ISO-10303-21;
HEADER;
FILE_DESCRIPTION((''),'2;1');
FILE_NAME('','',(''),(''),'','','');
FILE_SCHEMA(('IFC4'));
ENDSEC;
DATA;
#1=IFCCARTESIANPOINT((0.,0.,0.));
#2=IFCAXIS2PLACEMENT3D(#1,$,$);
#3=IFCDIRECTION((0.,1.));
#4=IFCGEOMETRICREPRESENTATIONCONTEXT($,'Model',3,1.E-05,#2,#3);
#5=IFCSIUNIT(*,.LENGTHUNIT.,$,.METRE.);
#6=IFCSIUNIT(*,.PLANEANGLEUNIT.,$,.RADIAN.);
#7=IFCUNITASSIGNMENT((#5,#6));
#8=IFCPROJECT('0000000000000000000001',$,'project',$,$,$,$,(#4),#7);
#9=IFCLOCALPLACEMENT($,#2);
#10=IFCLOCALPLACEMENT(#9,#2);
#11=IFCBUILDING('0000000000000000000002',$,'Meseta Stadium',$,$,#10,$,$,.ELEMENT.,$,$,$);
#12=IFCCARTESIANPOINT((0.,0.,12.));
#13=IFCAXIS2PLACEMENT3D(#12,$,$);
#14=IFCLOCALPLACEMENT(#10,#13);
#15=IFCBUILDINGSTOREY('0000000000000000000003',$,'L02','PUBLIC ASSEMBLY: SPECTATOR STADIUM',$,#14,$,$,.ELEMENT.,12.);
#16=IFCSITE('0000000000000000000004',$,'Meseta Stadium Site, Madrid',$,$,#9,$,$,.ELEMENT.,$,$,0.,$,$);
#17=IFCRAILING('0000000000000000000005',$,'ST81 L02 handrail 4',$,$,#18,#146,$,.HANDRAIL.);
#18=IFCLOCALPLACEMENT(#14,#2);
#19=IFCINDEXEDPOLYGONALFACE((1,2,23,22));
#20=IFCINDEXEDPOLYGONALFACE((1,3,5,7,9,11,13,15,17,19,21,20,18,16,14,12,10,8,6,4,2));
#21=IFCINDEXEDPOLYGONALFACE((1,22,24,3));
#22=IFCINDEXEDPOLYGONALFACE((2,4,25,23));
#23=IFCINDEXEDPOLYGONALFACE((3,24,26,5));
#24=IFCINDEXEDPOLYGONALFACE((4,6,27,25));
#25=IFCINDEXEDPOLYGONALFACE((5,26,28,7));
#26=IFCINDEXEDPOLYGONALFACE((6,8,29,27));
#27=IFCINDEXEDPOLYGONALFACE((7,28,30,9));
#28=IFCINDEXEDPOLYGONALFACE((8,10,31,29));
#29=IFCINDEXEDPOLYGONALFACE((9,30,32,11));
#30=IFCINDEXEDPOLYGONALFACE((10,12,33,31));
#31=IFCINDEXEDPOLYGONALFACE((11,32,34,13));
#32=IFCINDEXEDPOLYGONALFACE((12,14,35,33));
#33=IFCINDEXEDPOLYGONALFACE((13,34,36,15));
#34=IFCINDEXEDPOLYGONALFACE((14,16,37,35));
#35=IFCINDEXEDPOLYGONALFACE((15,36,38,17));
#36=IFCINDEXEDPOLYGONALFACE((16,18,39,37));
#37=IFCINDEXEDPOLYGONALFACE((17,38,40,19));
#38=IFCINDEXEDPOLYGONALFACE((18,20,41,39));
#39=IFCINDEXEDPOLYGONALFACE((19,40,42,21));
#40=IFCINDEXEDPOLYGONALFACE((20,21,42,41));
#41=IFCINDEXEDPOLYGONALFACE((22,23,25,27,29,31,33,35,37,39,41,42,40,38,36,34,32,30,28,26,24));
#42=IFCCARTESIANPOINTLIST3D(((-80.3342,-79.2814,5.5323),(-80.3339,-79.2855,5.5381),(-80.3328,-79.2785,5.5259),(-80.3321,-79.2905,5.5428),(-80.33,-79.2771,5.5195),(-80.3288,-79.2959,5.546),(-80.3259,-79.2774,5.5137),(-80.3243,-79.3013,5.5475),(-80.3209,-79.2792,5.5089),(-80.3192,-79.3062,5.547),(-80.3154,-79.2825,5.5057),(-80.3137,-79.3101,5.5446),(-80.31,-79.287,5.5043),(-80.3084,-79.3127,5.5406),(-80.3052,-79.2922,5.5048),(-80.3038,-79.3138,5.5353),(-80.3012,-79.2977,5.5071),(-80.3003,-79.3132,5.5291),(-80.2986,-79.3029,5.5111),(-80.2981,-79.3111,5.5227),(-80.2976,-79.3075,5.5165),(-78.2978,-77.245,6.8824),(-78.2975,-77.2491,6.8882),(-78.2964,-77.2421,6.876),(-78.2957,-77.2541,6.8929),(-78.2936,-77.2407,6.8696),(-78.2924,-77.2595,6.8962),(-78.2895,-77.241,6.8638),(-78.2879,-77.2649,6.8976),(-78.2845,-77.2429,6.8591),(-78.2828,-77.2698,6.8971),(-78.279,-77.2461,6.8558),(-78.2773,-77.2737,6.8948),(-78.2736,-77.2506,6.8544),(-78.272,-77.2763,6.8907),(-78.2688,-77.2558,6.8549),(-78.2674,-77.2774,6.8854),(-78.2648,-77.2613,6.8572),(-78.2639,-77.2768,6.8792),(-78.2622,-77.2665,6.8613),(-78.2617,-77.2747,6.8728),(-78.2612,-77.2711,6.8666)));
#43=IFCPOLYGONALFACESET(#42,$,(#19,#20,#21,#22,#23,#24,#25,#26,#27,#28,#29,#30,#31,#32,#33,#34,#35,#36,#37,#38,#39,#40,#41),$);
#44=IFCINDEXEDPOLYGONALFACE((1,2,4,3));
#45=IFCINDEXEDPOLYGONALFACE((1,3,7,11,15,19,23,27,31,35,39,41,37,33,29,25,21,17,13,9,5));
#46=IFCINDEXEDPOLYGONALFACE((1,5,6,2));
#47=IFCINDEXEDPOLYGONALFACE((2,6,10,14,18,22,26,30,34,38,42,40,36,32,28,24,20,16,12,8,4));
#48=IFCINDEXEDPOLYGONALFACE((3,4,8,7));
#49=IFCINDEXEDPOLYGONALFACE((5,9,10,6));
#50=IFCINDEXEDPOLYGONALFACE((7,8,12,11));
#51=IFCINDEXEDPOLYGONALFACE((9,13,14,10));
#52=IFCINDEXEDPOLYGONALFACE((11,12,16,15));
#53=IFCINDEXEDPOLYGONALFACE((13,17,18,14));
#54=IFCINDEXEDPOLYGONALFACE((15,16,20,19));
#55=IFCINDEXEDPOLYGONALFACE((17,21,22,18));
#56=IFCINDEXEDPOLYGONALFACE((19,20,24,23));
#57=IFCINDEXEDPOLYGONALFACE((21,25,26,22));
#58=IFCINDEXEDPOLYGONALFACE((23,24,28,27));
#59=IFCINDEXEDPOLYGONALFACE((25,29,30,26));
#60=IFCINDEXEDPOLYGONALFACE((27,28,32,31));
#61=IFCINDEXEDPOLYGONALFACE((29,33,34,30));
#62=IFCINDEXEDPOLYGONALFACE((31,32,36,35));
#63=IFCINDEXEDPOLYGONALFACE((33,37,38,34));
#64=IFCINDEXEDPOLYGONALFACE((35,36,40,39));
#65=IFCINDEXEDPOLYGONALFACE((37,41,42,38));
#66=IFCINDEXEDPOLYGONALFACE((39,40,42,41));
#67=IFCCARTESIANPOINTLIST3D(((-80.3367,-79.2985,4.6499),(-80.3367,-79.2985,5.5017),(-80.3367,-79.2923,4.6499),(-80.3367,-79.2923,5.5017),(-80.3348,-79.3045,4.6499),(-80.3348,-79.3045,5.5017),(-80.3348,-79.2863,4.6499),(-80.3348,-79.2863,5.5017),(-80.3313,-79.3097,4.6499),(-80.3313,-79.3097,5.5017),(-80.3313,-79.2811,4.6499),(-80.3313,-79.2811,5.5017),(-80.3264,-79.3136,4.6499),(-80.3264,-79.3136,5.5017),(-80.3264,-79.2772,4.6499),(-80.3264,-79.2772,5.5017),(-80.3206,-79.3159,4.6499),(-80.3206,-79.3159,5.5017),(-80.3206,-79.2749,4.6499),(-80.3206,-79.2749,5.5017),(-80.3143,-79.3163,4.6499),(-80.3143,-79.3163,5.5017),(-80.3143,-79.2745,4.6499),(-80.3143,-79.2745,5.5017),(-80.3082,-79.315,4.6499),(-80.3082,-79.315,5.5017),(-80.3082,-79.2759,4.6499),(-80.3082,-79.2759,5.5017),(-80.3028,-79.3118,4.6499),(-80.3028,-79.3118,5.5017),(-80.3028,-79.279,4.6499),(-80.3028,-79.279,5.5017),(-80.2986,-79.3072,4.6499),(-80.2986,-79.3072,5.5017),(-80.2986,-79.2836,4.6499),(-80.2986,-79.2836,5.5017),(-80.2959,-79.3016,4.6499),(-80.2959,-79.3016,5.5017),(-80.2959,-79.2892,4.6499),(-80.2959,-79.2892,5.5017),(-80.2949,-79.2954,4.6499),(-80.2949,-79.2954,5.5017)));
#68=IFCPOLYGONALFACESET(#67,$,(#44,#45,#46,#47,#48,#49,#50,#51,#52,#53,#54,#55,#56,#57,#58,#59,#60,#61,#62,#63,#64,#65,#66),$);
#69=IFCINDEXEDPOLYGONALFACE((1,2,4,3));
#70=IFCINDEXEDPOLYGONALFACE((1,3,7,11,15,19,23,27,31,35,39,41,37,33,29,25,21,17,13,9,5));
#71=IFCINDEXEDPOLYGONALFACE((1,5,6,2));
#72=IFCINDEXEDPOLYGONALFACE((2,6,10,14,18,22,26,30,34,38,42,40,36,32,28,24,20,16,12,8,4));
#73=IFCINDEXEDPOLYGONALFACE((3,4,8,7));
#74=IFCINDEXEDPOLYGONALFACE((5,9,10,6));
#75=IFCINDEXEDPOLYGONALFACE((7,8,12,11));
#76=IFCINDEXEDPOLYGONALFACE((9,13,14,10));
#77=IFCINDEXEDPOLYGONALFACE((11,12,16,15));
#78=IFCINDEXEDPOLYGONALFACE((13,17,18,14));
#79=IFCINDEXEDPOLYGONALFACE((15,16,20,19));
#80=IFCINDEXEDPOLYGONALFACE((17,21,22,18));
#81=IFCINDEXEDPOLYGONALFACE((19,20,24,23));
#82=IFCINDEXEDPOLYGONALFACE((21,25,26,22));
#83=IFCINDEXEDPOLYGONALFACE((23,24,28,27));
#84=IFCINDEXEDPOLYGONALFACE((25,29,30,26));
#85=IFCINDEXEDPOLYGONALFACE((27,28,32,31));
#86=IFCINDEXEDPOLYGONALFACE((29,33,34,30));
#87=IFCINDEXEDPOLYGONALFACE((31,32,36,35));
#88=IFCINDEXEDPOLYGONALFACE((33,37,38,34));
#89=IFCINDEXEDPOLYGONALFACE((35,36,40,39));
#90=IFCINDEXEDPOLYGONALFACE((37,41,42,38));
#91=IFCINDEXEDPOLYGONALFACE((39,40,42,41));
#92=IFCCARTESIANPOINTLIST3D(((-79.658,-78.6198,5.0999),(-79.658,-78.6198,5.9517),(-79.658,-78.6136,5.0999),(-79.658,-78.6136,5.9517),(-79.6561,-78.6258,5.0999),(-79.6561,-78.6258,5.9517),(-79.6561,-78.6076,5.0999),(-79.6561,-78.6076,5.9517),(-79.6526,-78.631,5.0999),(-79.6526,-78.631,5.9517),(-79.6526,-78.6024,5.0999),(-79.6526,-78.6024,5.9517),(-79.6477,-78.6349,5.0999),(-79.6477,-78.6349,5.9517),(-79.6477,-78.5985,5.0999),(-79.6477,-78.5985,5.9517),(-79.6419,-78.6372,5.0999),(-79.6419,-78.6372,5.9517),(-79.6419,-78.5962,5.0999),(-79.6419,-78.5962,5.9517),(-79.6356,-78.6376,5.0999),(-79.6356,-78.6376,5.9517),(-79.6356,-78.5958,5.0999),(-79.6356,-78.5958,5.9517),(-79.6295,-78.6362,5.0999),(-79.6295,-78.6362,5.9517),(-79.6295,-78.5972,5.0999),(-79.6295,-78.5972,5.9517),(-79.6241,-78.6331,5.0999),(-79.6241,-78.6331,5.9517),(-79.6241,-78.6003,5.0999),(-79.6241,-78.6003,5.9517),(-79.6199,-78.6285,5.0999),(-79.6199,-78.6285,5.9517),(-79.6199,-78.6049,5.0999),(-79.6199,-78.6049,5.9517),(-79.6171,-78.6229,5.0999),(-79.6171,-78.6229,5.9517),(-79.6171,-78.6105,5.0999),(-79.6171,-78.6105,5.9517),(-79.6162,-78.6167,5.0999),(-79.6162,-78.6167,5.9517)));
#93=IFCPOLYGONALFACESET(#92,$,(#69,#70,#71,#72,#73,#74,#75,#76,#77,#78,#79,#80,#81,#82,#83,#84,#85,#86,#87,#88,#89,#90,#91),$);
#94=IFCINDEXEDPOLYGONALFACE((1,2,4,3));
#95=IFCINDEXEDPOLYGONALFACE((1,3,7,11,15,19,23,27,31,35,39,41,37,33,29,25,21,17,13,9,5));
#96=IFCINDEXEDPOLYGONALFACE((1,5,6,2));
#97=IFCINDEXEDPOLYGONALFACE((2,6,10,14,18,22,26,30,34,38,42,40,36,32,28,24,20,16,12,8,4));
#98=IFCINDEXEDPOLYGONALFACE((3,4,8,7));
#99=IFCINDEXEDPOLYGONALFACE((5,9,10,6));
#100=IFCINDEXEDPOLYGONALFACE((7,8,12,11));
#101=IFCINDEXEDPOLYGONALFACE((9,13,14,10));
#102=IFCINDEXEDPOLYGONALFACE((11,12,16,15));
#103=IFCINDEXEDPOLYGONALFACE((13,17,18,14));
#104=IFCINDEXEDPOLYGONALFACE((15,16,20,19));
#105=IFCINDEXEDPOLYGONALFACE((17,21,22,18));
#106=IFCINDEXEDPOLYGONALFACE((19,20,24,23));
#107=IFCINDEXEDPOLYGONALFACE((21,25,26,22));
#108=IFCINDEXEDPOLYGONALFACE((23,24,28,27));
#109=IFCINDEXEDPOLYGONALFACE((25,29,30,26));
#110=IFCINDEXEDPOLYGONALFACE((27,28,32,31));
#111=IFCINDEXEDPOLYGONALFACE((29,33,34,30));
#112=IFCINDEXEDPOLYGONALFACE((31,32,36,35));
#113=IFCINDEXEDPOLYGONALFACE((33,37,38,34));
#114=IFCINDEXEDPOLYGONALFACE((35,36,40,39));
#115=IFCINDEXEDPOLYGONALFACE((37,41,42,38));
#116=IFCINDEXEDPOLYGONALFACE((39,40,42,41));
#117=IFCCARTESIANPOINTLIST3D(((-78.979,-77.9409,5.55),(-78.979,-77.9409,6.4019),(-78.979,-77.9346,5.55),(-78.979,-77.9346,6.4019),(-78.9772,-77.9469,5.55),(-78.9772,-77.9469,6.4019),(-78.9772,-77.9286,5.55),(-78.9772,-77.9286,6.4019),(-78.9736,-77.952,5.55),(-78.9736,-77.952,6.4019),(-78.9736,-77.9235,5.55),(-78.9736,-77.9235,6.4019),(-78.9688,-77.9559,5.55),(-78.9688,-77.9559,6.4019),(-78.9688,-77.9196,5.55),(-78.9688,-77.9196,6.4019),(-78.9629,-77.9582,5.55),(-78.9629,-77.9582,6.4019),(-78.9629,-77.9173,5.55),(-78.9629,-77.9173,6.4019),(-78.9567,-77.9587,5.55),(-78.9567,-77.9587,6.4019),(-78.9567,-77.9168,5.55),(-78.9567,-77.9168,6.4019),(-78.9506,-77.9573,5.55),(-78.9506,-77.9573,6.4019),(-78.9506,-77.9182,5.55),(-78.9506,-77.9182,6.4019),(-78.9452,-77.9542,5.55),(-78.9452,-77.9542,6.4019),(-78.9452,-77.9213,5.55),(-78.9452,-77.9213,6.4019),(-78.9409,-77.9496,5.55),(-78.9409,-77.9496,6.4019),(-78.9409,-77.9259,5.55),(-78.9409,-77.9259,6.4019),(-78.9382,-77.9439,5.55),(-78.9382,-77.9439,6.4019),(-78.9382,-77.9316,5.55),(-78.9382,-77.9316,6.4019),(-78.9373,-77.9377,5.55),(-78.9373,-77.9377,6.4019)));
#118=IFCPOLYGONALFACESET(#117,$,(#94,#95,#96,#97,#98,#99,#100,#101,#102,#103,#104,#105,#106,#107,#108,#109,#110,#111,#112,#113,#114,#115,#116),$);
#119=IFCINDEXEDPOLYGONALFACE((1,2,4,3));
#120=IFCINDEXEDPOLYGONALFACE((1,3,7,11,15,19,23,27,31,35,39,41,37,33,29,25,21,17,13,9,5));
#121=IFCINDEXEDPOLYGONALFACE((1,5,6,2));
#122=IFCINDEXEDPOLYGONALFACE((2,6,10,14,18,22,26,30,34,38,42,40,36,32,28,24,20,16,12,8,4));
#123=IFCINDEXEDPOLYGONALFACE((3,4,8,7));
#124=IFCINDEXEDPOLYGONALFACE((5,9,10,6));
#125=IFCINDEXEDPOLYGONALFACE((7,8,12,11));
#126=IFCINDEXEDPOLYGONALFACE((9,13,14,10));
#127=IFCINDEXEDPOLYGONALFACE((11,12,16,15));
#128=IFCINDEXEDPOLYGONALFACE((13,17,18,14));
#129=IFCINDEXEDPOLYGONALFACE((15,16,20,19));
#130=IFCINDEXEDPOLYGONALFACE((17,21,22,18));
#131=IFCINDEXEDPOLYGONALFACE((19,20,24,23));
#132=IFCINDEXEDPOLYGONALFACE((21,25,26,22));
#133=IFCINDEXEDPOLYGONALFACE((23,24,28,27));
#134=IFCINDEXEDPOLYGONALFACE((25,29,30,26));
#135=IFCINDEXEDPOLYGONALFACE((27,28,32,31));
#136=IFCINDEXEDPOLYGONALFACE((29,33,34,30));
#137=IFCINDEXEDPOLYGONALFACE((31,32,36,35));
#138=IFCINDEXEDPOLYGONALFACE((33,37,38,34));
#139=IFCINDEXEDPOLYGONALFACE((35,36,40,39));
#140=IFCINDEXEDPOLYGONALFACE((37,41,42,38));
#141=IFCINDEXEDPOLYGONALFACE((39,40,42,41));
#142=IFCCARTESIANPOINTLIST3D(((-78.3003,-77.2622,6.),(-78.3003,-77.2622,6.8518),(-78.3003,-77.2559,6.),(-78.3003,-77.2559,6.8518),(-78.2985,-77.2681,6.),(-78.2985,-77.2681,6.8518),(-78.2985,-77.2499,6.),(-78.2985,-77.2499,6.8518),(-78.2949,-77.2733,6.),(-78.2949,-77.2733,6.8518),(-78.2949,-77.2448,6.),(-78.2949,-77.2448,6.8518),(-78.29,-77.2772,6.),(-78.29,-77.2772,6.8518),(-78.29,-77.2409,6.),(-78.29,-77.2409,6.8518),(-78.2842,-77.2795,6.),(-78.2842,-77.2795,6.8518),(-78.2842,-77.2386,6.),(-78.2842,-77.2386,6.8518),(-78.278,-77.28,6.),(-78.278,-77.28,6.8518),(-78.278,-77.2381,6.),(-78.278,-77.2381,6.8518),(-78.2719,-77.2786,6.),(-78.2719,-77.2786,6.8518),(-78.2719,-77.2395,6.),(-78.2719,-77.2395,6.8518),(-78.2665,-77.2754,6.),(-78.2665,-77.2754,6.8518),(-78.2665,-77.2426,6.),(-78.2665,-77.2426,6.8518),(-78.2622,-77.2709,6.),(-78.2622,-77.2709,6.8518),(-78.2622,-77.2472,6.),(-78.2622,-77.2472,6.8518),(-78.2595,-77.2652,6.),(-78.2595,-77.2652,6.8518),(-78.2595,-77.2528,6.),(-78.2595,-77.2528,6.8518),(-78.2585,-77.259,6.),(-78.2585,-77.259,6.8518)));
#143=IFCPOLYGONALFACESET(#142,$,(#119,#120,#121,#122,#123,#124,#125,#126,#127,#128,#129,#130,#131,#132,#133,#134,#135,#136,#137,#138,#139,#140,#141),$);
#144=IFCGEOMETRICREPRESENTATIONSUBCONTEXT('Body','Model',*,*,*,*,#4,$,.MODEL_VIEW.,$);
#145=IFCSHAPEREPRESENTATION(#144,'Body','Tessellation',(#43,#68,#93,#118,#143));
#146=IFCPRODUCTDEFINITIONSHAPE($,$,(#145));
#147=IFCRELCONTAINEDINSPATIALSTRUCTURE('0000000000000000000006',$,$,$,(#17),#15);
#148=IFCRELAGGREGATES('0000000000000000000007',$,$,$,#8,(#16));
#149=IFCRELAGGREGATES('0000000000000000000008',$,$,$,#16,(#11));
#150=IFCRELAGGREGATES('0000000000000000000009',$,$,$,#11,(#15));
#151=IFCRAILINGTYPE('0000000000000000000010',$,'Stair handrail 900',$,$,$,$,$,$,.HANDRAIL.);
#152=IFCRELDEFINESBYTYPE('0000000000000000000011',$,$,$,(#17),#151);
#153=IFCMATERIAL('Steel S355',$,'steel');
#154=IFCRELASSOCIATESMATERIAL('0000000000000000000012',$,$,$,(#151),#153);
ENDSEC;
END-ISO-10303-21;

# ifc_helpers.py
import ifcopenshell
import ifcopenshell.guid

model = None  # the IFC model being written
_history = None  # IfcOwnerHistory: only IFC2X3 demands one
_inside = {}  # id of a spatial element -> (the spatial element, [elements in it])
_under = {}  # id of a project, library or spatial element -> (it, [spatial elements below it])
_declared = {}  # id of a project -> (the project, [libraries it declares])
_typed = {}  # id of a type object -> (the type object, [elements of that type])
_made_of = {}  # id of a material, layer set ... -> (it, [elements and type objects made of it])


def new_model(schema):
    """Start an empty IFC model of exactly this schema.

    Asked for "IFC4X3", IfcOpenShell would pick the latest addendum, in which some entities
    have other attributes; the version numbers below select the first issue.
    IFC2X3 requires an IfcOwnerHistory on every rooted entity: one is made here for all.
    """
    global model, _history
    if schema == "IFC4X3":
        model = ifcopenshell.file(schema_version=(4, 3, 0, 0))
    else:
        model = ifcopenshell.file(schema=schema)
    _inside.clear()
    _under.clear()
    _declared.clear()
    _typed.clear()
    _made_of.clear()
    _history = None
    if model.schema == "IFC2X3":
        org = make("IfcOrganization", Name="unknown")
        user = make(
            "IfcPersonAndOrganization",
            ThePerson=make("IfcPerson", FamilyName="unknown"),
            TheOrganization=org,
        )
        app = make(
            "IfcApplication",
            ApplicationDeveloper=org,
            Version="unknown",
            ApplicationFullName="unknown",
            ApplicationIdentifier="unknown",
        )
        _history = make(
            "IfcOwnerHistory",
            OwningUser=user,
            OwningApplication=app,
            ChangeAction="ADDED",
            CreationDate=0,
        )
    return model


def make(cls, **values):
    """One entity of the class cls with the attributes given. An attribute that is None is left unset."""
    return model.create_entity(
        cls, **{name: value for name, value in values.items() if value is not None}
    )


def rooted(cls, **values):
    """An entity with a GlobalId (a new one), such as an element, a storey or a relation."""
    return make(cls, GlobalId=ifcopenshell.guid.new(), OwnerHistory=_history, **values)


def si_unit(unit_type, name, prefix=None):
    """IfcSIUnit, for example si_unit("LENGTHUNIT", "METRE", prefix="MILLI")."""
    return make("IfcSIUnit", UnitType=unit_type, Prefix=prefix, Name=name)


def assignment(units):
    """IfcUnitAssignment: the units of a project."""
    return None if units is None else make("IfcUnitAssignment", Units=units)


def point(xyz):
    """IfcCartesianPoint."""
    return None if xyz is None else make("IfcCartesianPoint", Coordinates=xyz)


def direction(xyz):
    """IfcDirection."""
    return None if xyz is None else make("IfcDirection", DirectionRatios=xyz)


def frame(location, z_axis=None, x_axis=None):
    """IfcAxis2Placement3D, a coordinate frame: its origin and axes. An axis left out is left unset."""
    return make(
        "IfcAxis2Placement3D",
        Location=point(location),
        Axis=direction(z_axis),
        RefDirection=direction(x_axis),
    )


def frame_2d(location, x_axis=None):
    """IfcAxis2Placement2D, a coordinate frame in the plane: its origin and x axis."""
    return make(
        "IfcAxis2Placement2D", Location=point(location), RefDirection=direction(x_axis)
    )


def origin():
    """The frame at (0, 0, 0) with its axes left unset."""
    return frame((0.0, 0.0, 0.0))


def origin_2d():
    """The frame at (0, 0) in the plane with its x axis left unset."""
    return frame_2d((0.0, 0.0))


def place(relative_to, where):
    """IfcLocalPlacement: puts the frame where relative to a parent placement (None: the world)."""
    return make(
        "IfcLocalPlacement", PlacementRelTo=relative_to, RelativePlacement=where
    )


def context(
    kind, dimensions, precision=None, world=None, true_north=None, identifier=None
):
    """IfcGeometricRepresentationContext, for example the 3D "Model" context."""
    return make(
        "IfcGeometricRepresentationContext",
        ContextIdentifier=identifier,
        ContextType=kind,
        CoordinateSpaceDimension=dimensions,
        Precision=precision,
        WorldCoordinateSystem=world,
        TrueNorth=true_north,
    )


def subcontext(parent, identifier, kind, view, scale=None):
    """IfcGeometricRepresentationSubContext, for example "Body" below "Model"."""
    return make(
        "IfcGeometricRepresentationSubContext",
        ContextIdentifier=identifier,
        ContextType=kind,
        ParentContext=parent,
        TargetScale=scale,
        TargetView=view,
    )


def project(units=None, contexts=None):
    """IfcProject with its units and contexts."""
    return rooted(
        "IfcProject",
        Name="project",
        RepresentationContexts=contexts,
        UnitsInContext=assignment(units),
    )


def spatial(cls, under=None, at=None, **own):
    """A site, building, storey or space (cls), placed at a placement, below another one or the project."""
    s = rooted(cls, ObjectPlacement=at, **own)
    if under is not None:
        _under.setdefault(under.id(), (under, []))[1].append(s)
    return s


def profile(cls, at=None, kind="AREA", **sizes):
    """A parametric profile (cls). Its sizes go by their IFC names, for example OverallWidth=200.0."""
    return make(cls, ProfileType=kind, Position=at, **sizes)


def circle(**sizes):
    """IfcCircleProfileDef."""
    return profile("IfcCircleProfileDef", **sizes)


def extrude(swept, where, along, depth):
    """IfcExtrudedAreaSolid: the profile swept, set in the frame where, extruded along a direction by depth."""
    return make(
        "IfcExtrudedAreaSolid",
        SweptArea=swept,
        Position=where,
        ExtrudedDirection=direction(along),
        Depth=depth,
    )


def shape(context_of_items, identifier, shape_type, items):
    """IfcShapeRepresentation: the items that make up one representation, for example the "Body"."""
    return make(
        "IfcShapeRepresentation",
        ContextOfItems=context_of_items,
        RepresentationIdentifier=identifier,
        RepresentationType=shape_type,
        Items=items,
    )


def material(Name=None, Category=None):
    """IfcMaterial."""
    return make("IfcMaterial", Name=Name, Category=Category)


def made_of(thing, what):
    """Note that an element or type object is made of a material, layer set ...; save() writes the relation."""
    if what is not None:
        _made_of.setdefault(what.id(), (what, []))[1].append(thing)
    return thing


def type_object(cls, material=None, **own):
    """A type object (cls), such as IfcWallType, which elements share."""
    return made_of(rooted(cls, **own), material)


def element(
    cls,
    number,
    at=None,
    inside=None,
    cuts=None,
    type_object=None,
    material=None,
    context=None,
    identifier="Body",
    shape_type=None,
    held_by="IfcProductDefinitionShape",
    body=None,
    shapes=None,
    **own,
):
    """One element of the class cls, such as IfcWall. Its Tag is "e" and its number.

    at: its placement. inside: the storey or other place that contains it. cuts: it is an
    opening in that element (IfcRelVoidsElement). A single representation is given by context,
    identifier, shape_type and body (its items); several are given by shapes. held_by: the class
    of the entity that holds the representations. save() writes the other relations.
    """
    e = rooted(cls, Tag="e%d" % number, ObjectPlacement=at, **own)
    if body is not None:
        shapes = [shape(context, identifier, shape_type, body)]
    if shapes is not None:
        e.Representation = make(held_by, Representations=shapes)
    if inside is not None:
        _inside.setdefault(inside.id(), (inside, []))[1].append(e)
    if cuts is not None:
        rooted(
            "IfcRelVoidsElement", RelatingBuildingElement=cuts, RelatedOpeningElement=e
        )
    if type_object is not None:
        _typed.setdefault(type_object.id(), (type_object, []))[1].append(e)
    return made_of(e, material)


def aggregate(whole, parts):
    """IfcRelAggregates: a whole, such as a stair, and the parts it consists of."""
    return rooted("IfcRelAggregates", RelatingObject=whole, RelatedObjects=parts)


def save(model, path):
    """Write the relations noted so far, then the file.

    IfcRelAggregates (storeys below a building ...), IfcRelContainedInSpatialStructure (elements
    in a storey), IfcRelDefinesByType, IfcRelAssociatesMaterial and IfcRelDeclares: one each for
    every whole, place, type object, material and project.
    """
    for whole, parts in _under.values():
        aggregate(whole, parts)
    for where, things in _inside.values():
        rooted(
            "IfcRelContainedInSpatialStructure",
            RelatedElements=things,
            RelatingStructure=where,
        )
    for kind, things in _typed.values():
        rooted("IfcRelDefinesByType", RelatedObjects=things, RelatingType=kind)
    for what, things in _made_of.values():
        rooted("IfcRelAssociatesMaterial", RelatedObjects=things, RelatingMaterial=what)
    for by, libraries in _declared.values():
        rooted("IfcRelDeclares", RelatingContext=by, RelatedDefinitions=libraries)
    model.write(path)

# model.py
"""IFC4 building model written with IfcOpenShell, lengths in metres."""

from ifc_helpers import new_model, si_unit, direction, frame, origin, origin_2d, place, context, subcontext, project, spatial, circle, extrude, material, type_object, element, save


model = new_model("IFC4")

# Units and contexts
model_context = context("Model", 3, precision=1e-05, world=origin(), true_north=direction((0.0, 1.0)))
body_context = subcontext(model_context, "Body", "Model", "MODEL_VIEW")
ifc_project = project(units=[si_unit("LENGTHUNIT", "METRE"), si_unit("PLANEANGLEUNIT", "RADIAN")], contexts=[model_context])

# Site, building, storey
site_placement = place(None, origin())
site = spatial("IfcSite", under=ifc_project, at=site_placement, Name="Meseta Stadium Site, Madrid", CompositionType="ELEMENT", RefElevation=0.0)
building_placement = place(site_placement, origin())
building = spatial("IfcBuilding", under=site, at=building_placement, Name="Meseta Stadium", CompositionType="ELEMENT")
storey_placement = place(building_placement, frame((0.0, 0.0, 12.0)))
storey = spatial("IfcBuildingStorey", under=building, at=storey_placement, Name="L02", Description="PUBLIC ASSEMBLY: SPECTATOR STADIUM", CompositionType="ELEMENT", Elevation=12.0)

# Railing
ifc_material_1 = material(Name="Steel S355", Category="steel")
railing_type_1 = type_object("IfcRailingType", Name="Stair handrail 900", PredefinedType="HANDRAIL", material=ifc_material_1)
railing_1_placement = place(storey_placement, frame((-80.3159, -79.2954, 4.6499)))
element("IfcRailing", 1, at=railing_1_placement, inside=storey, type_object=railing_type_1, Name="ST81 L02 handrail 4", PredefinedType="HANDRAIL", context=body_context, shape_type="SweptSolid", body=[
    extrude(circle(Radius=0.0239, at=origin_2d()), frame((0.0, 0.0, 0.876), z_axis=(0.640243, 0.640243, 0.424475), x_axis=(-0.707107, 0.707107, 0.0)), (0.0, 0.0, 1.0), 3.1807),
    extrude(circle(Radius=0.021, at=origin_2d()), origin(), (0.0, 0.0, 1.0), 0.8518),
    extrude(circle(Radius=0.021, at=origin_2d()), frame((0.6787, 0.6787, 0.45)), (0.0, 0.0, 1.0), 0.8518),
    extrude(circle(Radius=0.021, at=origin_2d()), frame((1.3577, 1.3577, 0.9001)), (0.0, 0.0, 1.0), 0.8518),
    extrude(circle(Radius=0.021, at=origin_2d()), frame((2.0364, 2.0364, 1.3501)), (0.0, 0.0, 1.0), 0.8518),
])

save(model, "model.ifc")
